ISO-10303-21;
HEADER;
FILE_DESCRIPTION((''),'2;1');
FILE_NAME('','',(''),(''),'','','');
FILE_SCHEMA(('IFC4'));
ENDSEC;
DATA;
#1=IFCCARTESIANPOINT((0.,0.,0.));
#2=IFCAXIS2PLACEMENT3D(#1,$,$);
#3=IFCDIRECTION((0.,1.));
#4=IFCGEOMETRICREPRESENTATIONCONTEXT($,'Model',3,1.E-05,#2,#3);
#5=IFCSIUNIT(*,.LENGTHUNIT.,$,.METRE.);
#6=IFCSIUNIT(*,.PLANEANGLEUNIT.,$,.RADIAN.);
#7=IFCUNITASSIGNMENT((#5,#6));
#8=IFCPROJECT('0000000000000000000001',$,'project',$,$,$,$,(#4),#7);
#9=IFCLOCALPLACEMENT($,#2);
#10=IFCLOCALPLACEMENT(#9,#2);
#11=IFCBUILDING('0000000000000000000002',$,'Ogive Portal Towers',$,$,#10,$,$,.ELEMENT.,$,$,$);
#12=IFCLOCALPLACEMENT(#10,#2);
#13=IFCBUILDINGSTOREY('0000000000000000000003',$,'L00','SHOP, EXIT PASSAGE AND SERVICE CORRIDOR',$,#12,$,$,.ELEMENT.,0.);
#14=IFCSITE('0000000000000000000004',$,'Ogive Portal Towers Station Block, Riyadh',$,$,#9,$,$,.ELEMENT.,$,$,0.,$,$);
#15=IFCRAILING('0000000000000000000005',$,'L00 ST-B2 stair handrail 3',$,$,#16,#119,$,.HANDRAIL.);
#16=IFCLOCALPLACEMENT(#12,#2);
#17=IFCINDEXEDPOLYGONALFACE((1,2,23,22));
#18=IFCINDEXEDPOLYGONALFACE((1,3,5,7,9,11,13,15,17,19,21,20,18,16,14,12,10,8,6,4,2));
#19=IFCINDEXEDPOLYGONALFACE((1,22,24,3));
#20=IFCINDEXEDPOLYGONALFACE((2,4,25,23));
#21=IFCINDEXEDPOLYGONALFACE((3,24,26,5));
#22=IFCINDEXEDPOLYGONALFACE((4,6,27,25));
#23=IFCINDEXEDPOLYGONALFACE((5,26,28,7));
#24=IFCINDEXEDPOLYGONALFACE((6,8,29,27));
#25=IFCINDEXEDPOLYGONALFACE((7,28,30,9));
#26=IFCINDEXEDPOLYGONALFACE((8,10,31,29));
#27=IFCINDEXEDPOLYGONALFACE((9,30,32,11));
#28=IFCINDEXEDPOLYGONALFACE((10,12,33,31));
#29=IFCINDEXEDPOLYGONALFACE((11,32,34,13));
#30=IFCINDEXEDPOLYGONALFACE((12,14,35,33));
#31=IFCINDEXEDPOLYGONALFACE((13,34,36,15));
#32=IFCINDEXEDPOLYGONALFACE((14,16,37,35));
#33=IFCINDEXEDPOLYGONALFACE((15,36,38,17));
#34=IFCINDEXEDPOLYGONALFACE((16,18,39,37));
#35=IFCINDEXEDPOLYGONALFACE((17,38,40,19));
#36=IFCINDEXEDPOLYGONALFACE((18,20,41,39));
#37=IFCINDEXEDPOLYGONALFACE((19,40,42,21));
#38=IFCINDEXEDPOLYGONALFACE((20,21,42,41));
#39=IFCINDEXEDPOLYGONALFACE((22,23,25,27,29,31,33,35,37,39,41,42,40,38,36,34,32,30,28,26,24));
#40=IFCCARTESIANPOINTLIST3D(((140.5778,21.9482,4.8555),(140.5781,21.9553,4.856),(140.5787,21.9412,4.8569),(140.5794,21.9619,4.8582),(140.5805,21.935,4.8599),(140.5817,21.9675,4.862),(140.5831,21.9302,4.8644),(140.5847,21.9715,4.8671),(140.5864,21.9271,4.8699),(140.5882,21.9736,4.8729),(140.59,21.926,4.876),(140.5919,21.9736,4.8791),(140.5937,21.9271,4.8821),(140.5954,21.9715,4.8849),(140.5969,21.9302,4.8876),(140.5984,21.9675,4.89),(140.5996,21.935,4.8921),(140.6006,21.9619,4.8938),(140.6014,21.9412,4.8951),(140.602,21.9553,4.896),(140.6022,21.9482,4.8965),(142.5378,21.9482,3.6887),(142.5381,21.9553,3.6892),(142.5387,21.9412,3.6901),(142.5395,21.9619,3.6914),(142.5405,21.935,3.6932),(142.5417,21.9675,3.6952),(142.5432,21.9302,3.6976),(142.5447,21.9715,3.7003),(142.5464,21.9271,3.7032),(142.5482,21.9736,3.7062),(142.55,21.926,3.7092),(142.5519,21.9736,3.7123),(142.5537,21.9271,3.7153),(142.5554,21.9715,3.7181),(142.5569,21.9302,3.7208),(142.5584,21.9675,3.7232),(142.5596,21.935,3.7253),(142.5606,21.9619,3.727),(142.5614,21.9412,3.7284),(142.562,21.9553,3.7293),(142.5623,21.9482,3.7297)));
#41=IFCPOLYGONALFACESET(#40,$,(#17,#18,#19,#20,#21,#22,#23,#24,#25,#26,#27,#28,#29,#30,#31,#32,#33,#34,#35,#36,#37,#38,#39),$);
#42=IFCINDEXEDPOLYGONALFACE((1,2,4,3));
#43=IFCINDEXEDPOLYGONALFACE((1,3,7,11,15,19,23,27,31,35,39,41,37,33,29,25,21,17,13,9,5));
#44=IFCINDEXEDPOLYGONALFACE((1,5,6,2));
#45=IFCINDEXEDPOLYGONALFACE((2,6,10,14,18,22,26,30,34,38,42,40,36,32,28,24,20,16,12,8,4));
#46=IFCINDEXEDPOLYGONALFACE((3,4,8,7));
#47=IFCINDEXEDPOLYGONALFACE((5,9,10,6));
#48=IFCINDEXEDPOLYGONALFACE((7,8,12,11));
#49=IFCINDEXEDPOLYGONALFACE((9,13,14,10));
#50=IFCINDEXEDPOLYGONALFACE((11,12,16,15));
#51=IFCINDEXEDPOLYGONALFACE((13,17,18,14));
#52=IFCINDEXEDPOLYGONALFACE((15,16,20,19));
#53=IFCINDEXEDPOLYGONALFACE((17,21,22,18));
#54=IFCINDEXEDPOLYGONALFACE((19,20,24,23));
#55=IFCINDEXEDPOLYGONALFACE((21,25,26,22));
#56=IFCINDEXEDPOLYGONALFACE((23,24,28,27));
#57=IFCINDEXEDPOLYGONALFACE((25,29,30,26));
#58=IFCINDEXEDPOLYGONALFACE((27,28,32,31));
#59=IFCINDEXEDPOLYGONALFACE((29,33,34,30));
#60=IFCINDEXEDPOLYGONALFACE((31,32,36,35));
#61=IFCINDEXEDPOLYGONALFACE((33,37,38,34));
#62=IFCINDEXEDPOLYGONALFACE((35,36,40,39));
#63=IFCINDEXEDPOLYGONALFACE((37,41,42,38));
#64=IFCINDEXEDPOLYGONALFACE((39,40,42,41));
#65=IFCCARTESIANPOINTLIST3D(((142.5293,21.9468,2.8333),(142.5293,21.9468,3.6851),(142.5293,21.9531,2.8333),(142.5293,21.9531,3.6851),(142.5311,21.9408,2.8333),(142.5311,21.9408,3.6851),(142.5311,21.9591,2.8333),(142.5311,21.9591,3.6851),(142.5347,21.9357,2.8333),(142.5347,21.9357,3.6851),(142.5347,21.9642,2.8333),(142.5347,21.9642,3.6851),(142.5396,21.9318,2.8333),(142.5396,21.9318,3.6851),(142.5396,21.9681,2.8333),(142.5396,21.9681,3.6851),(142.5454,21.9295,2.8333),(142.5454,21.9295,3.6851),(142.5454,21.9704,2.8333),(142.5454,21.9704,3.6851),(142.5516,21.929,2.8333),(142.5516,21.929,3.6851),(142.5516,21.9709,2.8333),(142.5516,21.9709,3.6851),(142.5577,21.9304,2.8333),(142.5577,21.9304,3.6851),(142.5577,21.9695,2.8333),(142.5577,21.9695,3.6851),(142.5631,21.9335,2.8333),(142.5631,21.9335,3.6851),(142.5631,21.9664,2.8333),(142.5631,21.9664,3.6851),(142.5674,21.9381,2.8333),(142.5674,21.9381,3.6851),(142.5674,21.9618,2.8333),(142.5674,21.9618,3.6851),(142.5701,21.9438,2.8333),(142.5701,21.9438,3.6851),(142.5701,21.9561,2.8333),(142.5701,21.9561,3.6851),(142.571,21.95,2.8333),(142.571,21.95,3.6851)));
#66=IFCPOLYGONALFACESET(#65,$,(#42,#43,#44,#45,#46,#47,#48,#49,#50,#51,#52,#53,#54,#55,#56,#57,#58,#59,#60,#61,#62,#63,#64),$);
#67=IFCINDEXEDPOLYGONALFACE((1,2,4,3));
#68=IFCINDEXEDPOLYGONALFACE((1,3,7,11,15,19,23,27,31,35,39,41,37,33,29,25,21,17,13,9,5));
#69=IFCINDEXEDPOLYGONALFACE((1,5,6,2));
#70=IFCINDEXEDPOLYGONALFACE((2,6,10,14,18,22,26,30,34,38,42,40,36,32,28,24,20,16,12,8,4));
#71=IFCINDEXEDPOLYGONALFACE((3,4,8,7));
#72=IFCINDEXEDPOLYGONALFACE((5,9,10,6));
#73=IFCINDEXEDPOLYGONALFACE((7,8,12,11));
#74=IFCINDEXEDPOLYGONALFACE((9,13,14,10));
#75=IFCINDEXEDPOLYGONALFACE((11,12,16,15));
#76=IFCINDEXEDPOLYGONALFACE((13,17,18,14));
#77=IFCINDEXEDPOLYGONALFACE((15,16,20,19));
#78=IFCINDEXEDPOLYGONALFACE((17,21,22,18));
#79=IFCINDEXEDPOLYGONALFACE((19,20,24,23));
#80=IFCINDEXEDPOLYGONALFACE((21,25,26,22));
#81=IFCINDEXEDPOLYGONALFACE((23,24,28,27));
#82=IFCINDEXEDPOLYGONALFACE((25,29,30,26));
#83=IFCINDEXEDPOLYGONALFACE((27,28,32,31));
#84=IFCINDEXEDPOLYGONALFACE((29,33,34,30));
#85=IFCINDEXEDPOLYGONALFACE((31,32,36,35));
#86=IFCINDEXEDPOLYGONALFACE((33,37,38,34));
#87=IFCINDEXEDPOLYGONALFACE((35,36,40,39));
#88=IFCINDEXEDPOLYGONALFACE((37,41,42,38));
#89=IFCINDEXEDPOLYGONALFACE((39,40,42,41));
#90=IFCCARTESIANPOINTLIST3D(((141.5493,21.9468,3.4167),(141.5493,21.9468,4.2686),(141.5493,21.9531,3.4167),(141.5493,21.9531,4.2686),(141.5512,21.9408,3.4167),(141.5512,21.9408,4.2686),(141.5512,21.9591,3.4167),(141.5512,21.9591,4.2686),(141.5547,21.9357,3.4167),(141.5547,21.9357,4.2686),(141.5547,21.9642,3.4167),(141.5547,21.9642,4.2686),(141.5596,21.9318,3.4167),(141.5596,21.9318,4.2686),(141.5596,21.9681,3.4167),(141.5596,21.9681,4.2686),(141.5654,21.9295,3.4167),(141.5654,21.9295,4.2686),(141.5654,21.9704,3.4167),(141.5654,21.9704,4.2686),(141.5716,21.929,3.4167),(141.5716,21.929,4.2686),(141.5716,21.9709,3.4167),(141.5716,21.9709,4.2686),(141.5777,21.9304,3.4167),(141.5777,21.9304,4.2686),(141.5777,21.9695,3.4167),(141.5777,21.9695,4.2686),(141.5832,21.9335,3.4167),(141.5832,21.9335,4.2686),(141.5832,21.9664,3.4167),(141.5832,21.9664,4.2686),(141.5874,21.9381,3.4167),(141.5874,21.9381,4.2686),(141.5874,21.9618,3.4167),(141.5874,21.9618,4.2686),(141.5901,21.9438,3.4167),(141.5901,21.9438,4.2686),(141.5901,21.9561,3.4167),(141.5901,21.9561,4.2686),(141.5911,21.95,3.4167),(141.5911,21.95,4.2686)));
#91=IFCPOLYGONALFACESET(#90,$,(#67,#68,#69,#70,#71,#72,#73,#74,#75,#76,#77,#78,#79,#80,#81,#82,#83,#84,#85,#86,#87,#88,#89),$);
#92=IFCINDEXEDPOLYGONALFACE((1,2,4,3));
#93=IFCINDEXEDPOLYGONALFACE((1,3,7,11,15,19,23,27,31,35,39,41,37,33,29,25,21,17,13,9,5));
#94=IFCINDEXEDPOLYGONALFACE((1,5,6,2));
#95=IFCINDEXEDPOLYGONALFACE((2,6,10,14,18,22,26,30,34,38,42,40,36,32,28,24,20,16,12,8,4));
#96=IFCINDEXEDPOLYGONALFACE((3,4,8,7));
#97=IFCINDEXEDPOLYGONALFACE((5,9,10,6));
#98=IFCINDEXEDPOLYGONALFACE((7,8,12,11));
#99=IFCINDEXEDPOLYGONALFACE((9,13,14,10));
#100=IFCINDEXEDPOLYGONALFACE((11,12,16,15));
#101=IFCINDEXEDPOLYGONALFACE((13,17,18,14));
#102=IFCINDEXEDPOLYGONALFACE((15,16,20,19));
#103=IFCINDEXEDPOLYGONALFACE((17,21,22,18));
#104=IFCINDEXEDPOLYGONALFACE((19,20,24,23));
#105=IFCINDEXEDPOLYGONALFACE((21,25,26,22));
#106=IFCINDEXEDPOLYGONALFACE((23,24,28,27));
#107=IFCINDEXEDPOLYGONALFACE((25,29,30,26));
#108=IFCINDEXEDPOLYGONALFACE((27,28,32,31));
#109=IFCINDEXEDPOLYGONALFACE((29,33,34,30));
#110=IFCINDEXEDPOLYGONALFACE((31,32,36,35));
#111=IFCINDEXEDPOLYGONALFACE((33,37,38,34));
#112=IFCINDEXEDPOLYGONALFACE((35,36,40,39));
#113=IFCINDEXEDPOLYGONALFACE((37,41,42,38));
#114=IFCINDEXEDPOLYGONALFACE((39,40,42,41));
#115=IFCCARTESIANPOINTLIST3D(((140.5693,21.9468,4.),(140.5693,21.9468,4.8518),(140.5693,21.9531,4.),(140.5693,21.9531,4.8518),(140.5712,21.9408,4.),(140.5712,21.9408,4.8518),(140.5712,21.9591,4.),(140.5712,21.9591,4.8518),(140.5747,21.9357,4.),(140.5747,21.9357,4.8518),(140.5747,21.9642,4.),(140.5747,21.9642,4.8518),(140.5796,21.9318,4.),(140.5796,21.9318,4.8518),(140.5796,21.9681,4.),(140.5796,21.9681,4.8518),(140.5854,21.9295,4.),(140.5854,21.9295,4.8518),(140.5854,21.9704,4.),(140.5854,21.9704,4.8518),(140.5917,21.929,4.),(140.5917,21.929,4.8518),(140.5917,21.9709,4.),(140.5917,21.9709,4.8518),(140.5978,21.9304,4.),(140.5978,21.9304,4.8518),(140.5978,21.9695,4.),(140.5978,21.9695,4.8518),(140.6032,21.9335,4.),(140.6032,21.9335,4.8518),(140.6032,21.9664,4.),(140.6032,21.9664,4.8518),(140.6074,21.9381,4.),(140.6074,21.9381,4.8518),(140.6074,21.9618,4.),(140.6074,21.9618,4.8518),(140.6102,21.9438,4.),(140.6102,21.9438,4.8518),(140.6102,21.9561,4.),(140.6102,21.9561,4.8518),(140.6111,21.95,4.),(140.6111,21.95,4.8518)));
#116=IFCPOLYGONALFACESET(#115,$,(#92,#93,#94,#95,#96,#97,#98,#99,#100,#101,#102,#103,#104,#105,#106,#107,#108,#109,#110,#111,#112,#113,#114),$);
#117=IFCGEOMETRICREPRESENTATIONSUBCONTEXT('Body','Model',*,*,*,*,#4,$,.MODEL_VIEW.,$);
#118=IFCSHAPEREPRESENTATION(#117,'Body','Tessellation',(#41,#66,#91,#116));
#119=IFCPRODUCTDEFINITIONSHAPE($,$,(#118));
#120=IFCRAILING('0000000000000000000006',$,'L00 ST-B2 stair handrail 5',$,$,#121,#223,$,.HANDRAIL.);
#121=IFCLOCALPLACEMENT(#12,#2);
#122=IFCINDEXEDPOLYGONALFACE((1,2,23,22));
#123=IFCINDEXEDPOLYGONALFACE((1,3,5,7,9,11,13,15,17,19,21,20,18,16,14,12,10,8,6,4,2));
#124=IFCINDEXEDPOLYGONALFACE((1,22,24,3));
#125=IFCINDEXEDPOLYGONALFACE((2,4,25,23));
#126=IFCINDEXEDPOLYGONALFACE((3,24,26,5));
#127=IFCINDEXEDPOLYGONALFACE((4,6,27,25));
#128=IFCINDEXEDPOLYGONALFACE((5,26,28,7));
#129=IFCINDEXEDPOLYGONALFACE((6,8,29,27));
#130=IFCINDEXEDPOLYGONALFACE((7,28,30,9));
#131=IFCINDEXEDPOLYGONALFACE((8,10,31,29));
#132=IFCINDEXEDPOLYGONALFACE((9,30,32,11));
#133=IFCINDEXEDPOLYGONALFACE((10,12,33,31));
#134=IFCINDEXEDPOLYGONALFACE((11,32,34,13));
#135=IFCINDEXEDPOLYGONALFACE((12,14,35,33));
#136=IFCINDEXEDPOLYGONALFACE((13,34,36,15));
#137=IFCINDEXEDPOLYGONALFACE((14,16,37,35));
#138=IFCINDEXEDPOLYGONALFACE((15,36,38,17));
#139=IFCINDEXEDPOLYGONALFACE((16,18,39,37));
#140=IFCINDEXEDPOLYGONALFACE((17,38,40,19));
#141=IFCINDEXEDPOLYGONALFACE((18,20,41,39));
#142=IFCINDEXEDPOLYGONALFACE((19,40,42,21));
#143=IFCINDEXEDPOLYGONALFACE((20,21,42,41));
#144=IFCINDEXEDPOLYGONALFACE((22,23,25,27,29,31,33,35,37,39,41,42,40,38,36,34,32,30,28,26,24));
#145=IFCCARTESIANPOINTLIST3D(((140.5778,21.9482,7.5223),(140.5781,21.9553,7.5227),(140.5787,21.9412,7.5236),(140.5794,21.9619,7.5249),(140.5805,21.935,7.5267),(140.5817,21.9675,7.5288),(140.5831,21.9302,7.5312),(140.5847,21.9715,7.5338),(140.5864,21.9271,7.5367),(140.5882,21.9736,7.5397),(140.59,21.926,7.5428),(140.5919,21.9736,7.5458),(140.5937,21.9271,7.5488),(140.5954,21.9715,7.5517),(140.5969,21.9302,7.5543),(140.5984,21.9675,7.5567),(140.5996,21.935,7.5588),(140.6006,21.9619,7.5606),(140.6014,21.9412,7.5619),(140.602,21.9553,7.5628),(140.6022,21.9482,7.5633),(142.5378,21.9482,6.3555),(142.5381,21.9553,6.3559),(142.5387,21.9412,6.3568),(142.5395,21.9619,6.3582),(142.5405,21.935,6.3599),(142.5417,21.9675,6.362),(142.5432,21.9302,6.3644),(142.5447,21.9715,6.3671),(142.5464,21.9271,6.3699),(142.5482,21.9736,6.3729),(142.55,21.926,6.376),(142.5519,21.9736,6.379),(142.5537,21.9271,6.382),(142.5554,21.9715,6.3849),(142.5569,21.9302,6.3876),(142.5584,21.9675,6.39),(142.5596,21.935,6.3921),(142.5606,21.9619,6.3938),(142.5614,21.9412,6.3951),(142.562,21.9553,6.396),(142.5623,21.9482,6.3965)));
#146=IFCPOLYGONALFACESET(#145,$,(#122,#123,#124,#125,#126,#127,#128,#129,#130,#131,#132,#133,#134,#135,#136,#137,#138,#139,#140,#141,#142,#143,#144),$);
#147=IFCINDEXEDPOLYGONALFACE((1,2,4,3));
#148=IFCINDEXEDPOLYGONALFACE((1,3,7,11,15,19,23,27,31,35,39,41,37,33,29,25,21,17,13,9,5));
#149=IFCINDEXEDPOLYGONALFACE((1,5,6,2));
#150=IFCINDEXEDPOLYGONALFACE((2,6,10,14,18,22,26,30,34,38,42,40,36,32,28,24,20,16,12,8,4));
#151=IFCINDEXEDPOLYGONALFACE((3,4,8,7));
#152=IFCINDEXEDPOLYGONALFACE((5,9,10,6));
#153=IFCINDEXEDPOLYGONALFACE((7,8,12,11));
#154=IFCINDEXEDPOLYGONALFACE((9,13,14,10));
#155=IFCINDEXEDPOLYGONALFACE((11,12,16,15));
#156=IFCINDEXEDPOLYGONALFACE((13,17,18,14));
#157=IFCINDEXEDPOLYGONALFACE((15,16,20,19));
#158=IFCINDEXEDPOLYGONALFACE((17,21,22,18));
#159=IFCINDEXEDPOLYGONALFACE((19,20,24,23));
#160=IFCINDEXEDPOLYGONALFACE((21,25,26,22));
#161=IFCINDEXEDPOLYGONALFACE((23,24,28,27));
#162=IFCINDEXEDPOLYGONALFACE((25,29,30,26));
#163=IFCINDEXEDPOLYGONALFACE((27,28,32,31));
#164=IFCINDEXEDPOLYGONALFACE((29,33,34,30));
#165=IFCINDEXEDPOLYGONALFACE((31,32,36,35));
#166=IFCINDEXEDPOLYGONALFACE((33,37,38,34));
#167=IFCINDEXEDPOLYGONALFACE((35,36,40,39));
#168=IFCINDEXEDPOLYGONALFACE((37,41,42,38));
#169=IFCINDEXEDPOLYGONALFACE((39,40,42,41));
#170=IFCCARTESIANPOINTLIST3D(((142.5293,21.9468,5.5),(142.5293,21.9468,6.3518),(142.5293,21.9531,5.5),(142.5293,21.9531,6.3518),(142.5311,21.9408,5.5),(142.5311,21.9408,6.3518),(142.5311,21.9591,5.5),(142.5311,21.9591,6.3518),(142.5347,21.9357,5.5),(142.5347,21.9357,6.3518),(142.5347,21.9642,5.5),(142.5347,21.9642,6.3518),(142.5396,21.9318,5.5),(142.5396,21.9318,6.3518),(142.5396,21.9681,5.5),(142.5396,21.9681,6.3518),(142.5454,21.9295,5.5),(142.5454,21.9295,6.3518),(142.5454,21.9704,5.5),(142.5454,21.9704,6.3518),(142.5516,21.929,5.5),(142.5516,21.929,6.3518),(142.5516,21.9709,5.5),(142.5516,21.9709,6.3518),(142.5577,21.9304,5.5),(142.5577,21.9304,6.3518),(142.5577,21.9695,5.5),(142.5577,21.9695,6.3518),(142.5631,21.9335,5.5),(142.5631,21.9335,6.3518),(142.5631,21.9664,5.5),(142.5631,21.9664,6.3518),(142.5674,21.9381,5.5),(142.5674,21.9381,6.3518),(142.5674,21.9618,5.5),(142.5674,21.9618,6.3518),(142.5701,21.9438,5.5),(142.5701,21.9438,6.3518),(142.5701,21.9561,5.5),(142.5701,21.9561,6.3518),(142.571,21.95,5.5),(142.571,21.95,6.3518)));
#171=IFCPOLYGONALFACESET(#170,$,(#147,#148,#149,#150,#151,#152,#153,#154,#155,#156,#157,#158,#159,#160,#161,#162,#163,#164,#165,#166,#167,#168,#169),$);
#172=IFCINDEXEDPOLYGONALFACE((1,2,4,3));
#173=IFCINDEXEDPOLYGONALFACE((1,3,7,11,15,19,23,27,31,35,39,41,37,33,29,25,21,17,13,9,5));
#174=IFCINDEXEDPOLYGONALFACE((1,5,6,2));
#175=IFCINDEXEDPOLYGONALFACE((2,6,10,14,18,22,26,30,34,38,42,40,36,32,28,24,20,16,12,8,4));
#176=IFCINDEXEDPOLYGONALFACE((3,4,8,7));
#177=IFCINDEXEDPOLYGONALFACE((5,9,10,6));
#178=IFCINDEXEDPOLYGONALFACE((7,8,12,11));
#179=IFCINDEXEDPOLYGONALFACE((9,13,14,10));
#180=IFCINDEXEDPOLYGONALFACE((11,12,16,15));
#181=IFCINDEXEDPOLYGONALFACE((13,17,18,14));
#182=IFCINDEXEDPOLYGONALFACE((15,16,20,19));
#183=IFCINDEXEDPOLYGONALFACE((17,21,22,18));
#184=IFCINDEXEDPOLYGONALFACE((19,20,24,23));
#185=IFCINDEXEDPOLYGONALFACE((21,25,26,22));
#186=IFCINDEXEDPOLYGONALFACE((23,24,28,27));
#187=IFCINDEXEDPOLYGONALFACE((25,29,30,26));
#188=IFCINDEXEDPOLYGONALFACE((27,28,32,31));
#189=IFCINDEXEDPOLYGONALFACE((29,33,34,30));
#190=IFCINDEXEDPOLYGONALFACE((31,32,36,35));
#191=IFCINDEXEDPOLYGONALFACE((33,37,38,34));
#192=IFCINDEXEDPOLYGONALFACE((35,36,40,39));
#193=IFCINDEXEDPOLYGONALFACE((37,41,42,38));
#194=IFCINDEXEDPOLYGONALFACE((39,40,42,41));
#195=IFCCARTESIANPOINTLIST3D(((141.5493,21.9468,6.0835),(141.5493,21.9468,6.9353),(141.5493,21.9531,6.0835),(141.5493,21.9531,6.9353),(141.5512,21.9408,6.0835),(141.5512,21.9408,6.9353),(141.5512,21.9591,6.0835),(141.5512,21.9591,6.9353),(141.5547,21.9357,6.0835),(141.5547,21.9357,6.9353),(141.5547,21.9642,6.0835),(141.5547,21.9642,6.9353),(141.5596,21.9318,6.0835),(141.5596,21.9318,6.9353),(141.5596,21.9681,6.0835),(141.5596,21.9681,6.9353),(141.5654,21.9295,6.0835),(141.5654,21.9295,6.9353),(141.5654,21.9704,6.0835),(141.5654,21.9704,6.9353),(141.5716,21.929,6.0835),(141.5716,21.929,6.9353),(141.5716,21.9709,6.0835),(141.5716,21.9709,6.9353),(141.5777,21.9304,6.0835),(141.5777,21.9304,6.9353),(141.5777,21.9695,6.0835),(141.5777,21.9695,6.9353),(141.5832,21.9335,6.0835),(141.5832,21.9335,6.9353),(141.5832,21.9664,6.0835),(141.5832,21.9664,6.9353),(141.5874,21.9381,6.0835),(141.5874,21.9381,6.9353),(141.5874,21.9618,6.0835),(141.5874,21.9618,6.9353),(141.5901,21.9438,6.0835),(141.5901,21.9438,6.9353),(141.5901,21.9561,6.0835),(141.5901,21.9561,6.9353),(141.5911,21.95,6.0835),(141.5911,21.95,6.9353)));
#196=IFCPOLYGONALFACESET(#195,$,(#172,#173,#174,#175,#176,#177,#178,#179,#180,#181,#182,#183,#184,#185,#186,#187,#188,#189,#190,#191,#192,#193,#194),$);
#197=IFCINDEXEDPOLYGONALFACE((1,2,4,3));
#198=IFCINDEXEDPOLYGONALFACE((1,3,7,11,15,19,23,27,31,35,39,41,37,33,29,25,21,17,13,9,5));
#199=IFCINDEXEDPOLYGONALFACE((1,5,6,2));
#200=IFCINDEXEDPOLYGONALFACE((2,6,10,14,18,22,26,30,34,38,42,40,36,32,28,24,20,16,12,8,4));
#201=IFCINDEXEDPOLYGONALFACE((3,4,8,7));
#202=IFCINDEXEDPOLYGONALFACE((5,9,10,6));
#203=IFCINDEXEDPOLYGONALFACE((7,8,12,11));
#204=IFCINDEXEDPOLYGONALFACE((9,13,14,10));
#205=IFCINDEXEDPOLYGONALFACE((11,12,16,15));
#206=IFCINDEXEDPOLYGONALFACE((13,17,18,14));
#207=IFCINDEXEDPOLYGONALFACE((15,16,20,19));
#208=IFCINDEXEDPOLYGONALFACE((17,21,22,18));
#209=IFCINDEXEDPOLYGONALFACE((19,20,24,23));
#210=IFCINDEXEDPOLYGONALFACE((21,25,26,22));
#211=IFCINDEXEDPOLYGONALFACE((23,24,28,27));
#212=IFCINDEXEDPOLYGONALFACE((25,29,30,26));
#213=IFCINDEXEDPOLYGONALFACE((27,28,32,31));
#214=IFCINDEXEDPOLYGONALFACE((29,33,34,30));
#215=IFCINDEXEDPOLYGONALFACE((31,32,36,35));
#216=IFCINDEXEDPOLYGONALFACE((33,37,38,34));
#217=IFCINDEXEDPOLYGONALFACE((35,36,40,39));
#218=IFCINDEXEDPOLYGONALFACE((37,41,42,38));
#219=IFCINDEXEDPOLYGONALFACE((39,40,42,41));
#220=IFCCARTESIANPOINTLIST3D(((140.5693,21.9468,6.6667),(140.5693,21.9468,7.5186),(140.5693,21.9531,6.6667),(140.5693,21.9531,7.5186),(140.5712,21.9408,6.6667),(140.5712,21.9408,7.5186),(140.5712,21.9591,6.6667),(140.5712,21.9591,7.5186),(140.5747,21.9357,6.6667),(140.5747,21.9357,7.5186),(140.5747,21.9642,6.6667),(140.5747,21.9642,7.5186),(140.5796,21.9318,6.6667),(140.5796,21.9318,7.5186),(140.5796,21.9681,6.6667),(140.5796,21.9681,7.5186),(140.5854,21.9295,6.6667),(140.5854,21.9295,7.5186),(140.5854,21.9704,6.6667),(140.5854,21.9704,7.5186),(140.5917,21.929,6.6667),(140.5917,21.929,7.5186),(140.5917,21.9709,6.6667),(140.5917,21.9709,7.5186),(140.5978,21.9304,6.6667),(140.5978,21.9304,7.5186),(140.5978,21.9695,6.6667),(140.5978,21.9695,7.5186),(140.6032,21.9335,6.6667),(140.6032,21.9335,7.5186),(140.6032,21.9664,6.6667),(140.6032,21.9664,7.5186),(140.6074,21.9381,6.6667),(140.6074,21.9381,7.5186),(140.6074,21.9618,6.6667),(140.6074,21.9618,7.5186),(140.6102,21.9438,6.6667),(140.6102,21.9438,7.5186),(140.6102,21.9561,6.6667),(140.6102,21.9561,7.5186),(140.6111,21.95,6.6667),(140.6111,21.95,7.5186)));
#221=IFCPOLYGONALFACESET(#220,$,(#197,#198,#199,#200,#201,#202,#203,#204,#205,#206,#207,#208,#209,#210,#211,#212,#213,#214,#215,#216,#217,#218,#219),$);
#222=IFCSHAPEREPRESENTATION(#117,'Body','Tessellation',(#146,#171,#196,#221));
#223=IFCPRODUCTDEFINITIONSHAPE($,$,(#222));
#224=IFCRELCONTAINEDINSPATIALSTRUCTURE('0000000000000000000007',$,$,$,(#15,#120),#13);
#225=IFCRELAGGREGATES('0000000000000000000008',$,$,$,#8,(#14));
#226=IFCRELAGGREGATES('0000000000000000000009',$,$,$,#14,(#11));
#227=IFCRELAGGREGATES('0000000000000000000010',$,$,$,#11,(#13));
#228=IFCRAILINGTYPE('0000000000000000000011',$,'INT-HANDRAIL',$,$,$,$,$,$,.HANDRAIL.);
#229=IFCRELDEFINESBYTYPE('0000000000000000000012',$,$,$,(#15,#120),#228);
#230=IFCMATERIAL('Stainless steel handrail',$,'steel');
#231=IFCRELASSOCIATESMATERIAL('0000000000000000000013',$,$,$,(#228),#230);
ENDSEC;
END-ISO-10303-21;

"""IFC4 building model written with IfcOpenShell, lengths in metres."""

from ifc_helpers import new_model, si_unit, direction, frame, origin, origin_2d, place, context, subcontext, project, spatial, circle, extrude, material, type_object, element, save


model = new_model("IFC4")

# Units and contexts
model_context = context("Model", 3, precision=1e-05, world=origin(), true_north=direction((0.0, 1.0)))
body_context = subcontext(model_context, "Body", "Model", "MODEL_VIEW")
ifc_project = project(units=[si_unit("LENGTHUNIT", "METRE"), si_unit("PLANEANGLEUNIT", "RADIAN")], contexts=[model_context])

# Site, building, storey
site_placement = place(None, origin())
site = spatial("IfcSite", under=ifc_project, at=site_placement, Name="Ogive Portal Towers Station Block, Riyadh", CompositionType="ELEMENT", RefElevation=0.0)
building_placement = place(site_placement, origin())
building = spatial("IfcBuilding", under=site, at=building_placement, Name="Ogive Portal Towers", CompositionType="ELEMENT")
storey_placement = place(building_placement, origin())
storey = spatial("IfcBuildingStorey", under=building, at=storey_placement, Name="L00", Description="SHOP, EXIT PASSAGE AND SERVICE CORRIDOR", CompositionType="ELEMENT", Elevation=0.0)

# Railings
ifc_material_1 = material(Name="Stainless steel handrail", Category="steel")
railing_type_1 = type_object("IfcRailingType", Name="INT-HANDRAIL", PredefinedType="HANDRAIL", material=ifc_material_1)
for number, where, name in (
    (1, (142.55, 21.95, 2.8333), "L00 ST-B2 stair handrail 3"),
    (2, (142.55, 21.95, 5.5), "L00 ST-B2 stair handrail 5"),
):
    element("IfcRailing", number, at=place(storey_placement, frame(where)), inside=storey, type_object=railing_type_1, Name=name, PredefinedType="HANDRAIL", context=body_context, shape_type="SweptSolid", body=[
        extrude(circle(Radius=0.0239, at=origin_2d()), frame((0.0, 0.0, 0.876), z_axis=(-0.859273, 0.0, 0.511518), x_axis=(0.0, -1.0, 0.0)), (0.0, 0.0, 1.0), 2.281),
        extrude(circle(Radius=0.021, at=origin_2d()), origin(), (0.0, 0.0, 1.0), 0.8518),
        extrude(circle(Radius=0.021, at=origin_2d()), frame((-0.98, 0.0, 0.5835)), (0.0, 0.0, 1.0), 0.8518),
        extrude(circle(Radius=0.021, at=origin_2d()), frame((-1.96, 0.0, 1.1667)), (0.0, 0.0, 1.0), 0.8518),
    ])

save(model, "model.ifc")
